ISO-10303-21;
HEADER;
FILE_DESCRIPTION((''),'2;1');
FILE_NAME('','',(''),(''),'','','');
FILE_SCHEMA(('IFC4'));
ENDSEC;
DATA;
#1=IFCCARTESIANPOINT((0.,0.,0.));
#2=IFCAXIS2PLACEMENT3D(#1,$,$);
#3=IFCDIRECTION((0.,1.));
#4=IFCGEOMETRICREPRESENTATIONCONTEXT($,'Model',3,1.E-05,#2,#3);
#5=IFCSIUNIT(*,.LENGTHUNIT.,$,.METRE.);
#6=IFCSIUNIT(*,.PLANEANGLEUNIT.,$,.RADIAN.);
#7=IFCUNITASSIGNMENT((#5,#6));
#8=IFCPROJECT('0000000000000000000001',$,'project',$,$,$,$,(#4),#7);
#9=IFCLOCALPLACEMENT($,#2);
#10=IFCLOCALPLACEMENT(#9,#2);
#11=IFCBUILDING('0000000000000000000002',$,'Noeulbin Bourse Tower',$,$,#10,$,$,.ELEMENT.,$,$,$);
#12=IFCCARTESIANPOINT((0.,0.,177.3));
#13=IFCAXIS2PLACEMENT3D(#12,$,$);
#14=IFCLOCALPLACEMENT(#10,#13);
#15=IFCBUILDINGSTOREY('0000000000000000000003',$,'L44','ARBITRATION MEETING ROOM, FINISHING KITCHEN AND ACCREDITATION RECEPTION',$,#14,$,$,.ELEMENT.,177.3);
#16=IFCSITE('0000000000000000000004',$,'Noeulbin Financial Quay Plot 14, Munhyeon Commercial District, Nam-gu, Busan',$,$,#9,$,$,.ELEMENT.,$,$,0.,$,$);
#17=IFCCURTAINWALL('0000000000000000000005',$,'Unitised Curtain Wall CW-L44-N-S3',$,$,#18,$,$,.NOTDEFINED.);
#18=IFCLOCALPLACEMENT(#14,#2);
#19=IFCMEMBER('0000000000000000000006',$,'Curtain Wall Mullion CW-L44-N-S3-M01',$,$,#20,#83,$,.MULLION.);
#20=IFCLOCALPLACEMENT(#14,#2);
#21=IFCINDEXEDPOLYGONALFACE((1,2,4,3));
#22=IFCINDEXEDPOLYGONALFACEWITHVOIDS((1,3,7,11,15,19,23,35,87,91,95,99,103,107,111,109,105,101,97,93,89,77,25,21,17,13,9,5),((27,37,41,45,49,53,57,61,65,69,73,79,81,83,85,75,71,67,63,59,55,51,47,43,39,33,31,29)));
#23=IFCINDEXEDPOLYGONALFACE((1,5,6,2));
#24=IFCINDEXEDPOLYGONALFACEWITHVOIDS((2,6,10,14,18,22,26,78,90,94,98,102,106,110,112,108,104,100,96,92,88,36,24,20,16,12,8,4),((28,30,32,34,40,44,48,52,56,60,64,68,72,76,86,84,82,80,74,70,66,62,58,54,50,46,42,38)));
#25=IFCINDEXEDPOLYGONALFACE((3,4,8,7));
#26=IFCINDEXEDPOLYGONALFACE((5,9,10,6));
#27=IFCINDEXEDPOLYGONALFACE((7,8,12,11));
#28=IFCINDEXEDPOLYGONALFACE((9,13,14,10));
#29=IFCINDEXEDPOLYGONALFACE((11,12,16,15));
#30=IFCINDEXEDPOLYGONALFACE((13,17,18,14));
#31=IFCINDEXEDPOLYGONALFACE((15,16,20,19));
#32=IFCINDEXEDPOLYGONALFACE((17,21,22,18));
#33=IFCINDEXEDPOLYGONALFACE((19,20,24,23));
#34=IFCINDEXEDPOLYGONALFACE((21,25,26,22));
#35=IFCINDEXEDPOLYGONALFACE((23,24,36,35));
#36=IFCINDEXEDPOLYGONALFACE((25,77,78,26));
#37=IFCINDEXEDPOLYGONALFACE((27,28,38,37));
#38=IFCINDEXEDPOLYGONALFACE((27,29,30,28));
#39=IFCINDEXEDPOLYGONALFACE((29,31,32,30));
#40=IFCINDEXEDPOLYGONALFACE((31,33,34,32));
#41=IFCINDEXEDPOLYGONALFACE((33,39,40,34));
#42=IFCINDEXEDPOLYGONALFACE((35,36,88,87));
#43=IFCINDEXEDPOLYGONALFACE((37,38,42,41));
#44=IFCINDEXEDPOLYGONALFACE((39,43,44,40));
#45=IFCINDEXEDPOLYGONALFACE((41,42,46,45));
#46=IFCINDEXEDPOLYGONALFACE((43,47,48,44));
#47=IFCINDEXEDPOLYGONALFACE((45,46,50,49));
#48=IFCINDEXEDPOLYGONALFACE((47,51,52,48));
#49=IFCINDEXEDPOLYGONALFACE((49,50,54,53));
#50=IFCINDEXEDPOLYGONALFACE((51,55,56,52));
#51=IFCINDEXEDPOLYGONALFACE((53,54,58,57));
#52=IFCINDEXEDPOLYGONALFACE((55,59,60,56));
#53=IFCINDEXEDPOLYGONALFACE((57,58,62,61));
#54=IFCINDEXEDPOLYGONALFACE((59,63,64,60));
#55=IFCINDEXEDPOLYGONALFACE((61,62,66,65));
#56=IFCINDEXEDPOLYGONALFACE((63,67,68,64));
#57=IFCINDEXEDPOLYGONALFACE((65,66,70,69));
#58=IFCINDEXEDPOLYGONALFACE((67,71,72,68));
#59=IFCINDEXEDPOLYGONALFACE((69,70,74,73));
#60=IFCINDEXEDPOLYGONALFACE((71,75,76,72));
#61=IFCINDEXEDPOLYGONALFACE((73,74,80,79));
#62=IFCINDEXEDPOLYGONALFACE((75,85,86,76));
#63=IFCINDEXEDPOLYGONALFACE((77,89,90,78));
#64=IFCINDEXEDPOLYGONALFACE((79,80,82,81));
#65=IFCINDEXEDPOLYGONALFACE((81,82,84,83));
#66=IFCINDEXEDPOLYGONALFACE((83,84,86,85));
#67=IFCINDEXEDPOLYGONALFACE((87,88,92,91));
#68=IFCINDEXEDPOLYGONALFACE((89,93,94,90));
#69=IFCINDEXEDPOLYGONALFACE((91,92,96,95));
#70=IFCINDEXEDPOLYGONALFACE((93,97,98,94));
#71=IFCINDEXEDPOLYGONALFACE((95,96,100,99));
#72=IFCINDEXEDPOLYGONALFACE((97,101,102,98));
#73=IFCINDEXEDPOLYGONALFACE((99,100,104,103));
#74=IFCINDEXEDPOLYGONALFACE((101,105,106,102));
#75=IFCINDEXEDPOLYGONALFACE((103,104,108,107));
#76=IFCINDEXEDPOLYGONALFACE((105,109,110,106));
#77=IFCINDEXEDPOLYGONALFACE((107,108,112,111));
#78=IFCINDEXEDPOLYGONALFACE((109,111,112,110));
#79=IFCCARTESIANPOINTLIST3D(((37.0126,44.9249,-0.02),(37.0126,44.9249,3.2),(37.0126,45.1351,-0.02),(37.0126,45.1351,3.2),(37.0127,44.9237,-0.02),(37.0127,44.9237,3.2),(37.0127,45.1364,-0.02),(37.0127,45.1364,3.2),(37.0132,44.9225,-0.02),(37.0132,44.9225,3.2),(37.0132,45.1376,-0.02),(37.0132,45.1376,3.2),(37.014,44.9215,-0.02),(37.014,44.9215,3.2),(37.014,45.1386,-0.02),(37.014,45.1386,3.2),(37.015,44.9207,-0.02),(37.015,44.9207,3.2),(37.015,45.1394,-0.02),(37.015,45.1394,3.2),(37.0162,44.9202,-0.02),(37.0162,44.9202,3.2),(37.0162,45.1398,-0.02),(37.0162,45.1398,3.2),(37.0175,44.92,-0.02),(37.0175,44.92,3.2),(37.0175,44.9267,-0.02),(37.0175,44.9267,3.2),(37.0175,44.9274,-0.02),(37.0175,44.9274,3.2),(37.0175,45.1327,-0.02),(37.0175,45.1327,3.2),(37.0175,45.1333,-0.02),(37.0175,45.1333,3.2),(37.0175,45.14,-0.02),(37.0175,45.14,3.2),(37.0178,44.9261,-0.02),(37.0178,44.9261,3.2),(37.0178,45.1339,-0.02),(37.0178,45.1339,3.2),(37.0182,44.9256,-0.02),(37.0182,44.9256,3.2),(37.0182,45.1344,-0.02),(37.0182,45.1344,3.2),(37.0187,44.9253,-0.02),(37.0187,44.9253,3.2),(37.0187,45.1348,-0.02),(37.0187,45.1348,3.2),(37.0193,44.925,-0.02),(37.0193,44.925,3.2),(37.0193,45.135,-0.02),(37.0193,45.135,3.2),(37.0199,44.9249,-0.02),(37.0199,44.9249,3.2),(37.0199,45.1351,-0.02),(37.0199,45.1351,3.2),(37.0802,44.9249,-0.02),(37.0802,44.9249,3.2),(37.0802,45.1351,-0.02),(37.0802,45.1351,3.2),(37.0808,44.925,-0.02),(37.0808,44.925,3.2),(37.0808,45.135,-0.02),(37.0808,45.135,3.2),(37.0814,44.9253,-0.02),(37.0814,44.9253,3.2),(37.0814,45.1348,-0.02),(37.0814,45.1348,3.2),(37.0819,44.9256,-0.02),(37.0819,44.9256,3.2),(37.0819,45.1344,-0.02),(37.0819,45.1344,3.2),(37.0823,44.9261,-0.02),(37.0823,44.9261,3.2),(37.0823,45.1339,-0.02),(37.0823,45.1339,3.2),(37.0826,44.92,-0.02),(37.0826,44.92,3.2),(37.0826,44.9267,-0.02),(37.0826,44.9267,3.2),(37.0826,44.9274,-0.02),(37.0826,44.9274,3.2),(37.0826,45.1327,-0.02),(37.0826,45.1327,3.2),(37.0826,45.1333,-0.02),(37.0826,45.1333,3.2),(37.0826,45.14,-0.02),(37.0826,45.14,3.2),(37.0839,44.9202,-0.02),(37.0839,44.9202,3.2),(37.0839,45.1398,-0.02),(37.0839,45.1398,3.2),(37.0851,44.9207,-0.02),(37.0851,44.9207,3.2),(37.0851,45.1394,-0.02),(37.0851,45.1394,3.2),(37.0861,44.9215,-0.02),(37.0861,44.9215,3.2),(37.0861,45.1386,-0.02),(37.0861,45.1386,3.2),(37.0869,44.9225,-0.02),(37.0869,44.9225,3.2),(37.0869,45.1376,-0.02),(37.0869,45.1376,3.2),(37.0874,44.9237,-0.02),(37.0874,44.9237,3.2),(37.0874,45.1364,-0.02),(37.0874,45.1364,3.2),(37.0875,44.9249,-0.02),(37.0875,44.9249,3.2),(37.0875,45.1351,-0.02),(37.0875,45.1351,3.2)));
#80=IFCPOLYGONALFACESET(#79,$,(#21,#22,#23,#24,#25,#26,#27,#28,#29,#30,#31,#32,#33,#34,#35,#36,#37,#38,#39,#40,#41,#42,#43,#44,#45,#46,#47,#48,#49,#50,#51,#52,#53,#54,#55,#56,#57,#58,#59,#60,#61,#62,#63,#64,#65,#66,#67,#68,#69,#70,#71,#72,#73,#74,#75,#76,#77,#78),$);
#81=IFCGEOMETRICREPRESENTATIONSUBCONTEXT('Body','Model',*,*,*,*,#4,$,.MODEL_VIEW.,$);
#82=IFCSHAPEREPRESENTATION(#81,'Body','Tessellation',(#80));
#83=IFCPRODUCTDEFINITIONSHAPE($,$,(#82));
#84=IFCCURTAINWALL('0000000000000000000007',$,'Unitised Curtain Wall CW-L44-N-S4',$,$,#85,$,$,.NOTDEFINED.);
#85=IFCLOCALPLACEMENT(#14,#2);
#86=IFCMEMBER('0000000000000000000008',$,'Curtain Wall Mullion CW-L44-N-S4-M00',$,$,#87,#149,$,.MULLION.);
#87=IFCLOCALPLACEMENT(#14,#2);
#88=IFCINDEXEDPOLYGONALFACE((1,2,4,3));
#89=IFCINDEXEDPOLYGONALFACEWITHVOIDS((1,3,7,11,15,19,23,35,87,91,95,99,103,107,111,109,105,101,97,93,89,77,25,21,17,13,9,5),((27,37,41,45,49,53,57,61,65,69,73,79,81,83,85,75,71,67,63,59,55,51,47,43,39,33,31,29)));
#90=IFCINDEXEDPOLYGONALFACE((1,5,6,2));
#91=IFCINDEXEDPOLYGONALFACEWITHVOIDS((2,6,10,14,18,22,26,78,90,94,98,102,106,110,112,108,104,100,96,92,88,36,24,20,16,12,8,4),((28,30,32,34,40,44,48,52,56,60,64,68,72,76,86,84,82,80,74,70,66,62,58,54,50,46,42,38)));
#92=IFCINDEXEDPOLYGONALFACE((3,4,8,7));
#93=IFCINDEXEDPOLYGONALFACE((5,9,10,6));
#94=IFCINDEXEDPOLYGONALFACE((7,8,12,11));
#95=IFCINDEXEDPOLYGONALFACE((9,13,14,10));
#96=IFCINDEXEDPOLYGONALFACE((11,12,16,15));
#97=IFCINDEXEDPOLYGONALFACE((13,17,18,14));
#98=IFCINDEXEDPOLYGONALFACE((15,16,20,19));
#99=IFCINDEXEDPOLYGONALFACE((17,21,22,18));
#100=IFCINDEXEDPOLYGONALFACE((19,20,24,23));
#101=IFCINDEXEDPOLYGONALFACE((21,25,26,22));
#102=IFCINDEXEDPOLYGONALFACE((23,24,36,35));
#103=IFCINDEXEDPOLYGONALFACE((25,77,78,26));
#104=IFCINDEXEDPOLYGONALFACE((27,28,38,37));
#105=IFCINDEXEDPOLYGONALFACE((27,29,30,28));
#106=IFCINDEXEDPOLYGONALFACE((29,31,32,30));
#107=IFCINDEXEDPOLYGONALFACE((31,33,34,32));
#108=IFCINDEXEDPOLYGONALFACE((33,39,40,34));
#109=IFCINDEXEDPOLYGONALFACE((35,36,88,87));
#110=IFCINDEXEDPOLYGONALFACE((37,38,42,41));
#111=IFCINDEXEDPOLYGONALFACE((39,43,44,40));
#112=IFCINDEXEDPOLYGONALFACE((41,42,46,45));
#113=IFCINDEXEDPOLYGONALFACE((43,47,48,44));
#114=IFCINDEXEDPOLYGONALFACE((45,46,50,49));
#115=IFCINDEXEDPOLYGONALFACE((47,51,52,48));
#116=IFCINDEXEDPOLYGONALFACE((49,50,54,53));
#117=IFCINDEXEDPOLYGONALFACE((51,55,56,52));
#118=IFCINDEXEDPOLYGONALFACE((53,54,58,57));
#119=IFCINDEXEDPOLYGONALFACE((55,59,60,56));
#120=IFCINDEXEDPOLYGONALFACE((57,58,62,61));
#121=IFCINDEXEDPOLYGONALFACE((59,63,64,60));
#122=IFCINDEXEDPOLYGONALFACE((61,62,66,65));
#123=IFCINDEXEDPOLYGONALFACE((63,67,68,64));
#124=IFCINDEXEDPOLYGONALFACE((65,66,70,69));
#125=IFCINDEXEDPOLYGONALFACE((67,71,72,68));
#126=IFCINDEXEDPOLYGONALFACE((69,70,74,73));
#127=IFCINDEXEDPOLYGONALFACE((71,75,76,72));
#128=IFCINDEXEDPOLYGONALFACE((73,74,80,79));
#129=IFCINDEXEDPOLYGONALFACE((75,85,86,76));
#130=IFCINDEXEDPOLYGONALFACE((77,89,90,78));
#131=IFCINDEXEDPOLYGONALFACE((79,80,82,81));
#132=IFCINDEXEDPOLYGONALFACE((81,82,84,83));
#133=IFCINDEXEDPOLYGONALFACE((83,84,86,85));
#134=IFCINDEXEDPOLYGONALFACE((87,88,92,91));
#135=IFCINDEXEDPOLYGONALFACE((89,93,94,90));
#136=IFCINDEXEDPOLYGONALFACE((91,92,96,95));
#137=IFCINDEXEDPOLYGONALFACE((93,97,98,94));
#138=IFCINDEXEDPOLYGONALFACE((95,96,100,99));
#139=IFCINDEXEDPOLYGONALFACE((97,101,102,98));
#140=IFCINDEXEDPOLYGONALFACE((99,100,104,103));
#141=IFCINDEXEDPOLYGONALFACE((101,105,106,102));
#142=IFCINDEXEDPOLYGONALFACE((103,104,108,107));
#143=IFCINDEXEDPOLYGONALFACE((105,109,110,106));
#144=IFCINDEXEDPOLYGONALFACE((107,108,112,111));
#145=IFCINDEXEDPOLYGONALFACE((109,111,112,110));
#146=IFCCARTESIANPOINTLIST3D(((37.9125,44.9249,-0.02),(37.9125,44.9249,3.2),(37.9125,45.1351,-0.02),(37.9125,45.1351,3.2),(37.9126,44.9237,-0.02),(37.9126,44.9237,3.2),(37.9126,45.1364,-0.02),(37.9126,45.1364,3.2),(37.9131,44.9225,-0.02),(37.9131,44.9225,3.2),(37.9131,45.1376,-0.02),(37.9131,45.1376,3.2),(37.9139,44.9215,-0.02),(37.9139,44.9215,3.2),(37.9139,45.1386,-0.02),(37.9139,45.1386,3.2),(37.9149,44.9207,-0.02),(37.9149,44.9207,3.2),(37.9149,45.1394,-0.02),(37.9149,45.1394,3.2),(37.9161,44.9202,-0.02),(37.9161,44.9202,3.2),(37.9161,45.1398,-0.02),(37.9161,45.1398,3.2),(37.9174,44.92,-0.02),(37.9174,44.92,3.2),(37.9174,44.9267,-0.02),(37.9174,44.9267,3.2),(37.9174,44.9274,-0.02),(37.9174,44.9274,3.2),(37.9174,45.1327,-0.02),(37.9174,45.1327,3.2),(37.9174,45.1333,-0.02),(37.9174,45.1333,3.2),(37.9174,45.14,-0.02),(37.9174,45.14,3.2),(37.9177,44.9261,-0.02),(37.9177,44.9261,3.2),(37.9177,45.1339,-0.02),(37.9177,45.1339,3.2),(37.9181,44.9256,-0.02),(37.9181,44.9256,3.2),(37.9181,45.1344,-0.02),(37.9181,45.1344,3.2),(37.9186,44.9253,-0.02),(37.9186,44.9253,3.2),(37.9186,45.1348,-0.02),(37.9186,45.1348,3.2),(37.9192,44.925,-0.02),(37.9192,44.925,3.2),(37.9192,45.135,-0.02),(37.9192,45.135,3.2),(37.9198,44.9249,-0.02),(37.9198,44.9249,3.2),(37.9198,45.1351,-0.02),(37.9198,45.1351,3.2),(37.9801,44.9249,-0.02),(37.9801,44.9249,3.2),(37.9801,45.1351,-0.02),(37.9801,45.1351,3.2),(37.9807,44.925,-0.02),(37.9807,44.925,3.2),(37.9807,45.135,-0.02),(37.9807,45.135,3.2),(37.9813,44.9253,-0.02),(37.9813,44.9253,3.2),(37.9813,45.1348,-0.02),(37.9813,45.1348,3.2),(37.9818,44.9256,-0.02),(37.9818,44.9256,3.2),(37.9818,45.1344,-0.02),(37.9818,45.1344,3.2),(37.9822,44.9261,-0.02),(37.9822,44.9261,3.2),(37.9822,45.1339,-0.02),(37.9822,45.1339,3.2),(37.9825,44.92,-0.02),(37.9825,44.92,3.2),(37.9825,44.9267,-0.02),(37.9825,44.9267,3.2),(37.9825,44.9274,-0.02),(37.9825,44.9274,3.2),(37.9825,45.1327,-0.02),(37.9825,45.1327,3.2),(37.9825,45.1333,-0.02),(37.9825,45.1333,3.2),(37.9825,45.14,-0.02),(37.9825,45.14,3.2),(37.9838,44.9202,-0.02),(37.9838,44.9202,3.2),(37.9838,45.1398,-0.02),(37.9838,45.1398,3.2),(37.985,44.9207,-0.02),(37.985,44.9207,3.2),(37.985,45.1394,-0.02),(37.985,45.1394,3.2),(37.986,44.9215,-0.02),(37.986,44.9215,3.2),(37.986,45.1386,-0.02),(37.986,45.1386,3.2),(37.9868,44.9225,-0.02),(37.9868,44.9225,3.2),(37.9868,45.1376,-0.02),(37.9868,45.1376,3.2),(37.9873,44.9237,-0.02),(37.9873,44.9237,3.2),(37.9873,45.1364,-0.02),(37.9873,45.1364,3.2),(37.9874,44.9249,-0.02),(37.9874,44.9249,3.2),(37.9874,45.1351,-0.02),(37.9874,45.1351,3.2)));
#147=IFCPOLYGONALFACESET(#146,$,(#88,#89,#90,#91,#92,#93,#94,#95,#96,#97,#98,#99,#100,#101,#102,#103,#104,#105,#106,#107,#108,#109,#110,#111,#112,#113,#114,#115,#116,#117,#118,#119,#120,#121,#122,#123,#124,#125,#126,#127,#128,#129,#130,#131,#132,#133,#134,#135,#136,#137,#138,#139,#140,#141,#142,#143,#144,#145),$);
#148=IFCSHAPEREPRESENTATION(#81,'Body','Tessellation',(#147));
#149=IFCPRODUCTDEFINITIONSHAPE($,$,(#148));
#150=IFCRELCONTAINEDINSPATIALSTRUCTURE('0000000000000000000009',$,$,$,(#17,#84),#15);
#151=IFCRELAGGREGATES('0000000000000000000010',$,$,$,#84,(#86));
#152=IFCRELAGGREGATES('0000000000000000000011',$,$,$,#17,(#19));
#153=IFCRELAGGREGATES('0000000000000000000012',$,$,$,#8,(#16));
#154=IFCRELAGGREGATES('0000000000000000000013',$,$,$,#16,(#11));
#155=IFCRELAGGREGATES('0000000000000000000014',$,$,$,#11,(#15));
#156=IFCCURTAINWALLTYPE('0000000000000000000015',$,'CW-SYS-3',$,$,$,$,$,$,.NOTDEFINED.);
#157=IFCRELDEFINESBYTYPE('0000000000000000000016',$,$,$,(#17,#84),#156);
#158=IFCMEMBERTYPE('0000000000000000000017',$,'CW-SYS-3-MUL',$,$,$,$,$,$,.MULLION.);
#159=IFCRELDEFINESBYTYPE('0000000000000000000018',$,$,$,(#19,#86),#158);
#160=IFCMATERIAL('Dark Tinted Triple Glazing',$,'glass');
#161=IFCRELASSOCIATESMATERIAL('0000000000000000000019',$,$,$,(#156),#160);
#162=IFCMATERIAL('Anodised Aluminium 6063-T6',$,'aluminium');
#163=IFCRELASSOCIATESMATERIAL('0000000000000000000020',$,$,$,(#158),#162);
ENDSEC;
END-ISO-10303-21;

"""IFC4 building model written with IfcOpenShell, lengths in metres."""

from ifc_helpers import new_model, si_unit, direction, frame, origin, origin_2d, place, context, subcontext, project, spatial, hollow_rectangle, extrude, material, material_profile, profile_set, type_object, element, aggregate, save


model = new_model("IFC4")

# Units and contexts
model_context = context("Model", 3, precision=1e-05, world=origin(), true_north=direction((0.0, 1.0)))
body_context = subcontext(model_context, "Body", "Model", "MODEL_VIEW")
ifc_project = project(units=[si_unit("LENGTHUNIT", "METRE"), si_unit("PLANEANGLEUNIT", "RADIAN")], contexts=[model_context])

# Site, building, storey
site_placement = place(None, origin())
site = spatial("IfcSite", under=ifc_project, at=site_placement, Name="Noeulbin Financial Quay Plot 14, Munhyeon Commercial District, Nam-gu, Busan", CompositionType="ELEMENT", RefElevation=0.0)
building_placement = place(site_placement, origin())
building = spatial("IfcBuilding", under=site, at=building_placement, Name="Noeulbin Bourse Tower", CompositionType="ELEMENT")
storey_placement = place(building_placement, frame((0.0, 0.0, 177.3)))
storey = spatial("IfcBuildingStorey", under=building, at=storey_placement, Name="L44", Description="ARBITRATION MEETING ROOM, FINISHING KITCHEN AND ACCREDITATION RECEPTION", CompositionType="ELEMENT", Elevation=177.3)

# Shared definitions
ifc_material_1 = material(Name="Dark Tinted Triple Glazing", Category="glass")
curtain_wall_type = type_object("IfcCurtainWallType", Name="CW-SYS-3", PredefinedType="NOTDEFINED", material=ifc_material_1)
ifc_material_2 = material(Name="Anodised Aluminium 6063-T6", Category="aluminium")
ifc_material_profile_1 = material_profile(ifc_material_2, hollow_rectangle(XDim=0.075, YDim=0.22, WallThickness=0.0049, InnerFilletRadius=0.0024, OuterFilletRadius=0.0049, at=origin_2d()), Name="ALU-MULL-75x220x5", Category="LoadBearing")
ifc_profile_set_1 = profile_set([ifc_material_profile_1], Name="Anodised Aluminium 6063-T6")
member_type_1 = type_object("IfcMemberType", Name="CW-SYS-3-MUL", PredefinedType="MULLION", material=ifc_profile_set_1)

# Curtain wall, member
curtain_wall_1_placement = place(storey_placement, origin())
curtain_wall_1 = element("IfcCurtainWall", 1, at=curtain_wall_1_placement, inside=storey, type_object=curtain_wall_type, Name="Unitised Curtain Wall CW-L44-N-S3", PredefinedType="NOTDEFINED")
member_1_placement = place(storey_placement, frame((37.05, 45.03, -0.02), z_axis=(0.0, 0.0, 1.0), x_axis=(1.0, 0.0, 0.0)))
member_1 = element("IfcMember", 2, at=member_1_placement, type_object=member_type_1, Name="Curtain Wall Mullion CW-L44-N-S3-M01", PredefinedType="MULLION", context=body_context, shape_type="SweptSolid", body=[
    extrude(hollow_rectangle(XDim=0.075, YDim=0.22, WallThickness=0.0049, InnerFilletRadius=0.0024, OuterFilletRadius=0.0049, at=origin_2d()), origin(), (0.0, 0.0, 1.0), 3.22),
])

# Curtain wall, member
curtain_wall_2_placement = place(storey_placement, origin())
curtain_wall_2 = element("IfcCurtainWall", 3, at=curtain_wall_2_placement, inside=storey, type_object=curtain_wall_type, Name="Unitised Curtain Wall CW-L44-N-S4", PredefinedType="NOTDEFINED")
member_2_placement = place(storey_placement, frame((37.95, 45.03, -0.02), z_axis=(0.0, 0.0, 1.0), x_axis=(1.0, 0.0, 0.0)))
member_2 = element("IfcMember", 4, at=member_2_placement, type_object=member_type_1, Name="Curtain Wall Mullion CW-L44-N-S4-M00", PredefinedType="MULLION", context=body_context, shape_type="SweptSolid", body=[
    extrude(hollow_rectangle(XDim=0.075, YDim=0.22, WallThickness=0.0049, InnerFilletRadius=0.0024, OuterFilletRadius=0.0049, at=origin_2d()), origin(), (0.0, 0.0, 1.0), 3.22),
])

aggregate(curtain_wall_2, [member_2])

aggregate(curtain_wall_1, [member_1])

save(model, "model.ifc")
